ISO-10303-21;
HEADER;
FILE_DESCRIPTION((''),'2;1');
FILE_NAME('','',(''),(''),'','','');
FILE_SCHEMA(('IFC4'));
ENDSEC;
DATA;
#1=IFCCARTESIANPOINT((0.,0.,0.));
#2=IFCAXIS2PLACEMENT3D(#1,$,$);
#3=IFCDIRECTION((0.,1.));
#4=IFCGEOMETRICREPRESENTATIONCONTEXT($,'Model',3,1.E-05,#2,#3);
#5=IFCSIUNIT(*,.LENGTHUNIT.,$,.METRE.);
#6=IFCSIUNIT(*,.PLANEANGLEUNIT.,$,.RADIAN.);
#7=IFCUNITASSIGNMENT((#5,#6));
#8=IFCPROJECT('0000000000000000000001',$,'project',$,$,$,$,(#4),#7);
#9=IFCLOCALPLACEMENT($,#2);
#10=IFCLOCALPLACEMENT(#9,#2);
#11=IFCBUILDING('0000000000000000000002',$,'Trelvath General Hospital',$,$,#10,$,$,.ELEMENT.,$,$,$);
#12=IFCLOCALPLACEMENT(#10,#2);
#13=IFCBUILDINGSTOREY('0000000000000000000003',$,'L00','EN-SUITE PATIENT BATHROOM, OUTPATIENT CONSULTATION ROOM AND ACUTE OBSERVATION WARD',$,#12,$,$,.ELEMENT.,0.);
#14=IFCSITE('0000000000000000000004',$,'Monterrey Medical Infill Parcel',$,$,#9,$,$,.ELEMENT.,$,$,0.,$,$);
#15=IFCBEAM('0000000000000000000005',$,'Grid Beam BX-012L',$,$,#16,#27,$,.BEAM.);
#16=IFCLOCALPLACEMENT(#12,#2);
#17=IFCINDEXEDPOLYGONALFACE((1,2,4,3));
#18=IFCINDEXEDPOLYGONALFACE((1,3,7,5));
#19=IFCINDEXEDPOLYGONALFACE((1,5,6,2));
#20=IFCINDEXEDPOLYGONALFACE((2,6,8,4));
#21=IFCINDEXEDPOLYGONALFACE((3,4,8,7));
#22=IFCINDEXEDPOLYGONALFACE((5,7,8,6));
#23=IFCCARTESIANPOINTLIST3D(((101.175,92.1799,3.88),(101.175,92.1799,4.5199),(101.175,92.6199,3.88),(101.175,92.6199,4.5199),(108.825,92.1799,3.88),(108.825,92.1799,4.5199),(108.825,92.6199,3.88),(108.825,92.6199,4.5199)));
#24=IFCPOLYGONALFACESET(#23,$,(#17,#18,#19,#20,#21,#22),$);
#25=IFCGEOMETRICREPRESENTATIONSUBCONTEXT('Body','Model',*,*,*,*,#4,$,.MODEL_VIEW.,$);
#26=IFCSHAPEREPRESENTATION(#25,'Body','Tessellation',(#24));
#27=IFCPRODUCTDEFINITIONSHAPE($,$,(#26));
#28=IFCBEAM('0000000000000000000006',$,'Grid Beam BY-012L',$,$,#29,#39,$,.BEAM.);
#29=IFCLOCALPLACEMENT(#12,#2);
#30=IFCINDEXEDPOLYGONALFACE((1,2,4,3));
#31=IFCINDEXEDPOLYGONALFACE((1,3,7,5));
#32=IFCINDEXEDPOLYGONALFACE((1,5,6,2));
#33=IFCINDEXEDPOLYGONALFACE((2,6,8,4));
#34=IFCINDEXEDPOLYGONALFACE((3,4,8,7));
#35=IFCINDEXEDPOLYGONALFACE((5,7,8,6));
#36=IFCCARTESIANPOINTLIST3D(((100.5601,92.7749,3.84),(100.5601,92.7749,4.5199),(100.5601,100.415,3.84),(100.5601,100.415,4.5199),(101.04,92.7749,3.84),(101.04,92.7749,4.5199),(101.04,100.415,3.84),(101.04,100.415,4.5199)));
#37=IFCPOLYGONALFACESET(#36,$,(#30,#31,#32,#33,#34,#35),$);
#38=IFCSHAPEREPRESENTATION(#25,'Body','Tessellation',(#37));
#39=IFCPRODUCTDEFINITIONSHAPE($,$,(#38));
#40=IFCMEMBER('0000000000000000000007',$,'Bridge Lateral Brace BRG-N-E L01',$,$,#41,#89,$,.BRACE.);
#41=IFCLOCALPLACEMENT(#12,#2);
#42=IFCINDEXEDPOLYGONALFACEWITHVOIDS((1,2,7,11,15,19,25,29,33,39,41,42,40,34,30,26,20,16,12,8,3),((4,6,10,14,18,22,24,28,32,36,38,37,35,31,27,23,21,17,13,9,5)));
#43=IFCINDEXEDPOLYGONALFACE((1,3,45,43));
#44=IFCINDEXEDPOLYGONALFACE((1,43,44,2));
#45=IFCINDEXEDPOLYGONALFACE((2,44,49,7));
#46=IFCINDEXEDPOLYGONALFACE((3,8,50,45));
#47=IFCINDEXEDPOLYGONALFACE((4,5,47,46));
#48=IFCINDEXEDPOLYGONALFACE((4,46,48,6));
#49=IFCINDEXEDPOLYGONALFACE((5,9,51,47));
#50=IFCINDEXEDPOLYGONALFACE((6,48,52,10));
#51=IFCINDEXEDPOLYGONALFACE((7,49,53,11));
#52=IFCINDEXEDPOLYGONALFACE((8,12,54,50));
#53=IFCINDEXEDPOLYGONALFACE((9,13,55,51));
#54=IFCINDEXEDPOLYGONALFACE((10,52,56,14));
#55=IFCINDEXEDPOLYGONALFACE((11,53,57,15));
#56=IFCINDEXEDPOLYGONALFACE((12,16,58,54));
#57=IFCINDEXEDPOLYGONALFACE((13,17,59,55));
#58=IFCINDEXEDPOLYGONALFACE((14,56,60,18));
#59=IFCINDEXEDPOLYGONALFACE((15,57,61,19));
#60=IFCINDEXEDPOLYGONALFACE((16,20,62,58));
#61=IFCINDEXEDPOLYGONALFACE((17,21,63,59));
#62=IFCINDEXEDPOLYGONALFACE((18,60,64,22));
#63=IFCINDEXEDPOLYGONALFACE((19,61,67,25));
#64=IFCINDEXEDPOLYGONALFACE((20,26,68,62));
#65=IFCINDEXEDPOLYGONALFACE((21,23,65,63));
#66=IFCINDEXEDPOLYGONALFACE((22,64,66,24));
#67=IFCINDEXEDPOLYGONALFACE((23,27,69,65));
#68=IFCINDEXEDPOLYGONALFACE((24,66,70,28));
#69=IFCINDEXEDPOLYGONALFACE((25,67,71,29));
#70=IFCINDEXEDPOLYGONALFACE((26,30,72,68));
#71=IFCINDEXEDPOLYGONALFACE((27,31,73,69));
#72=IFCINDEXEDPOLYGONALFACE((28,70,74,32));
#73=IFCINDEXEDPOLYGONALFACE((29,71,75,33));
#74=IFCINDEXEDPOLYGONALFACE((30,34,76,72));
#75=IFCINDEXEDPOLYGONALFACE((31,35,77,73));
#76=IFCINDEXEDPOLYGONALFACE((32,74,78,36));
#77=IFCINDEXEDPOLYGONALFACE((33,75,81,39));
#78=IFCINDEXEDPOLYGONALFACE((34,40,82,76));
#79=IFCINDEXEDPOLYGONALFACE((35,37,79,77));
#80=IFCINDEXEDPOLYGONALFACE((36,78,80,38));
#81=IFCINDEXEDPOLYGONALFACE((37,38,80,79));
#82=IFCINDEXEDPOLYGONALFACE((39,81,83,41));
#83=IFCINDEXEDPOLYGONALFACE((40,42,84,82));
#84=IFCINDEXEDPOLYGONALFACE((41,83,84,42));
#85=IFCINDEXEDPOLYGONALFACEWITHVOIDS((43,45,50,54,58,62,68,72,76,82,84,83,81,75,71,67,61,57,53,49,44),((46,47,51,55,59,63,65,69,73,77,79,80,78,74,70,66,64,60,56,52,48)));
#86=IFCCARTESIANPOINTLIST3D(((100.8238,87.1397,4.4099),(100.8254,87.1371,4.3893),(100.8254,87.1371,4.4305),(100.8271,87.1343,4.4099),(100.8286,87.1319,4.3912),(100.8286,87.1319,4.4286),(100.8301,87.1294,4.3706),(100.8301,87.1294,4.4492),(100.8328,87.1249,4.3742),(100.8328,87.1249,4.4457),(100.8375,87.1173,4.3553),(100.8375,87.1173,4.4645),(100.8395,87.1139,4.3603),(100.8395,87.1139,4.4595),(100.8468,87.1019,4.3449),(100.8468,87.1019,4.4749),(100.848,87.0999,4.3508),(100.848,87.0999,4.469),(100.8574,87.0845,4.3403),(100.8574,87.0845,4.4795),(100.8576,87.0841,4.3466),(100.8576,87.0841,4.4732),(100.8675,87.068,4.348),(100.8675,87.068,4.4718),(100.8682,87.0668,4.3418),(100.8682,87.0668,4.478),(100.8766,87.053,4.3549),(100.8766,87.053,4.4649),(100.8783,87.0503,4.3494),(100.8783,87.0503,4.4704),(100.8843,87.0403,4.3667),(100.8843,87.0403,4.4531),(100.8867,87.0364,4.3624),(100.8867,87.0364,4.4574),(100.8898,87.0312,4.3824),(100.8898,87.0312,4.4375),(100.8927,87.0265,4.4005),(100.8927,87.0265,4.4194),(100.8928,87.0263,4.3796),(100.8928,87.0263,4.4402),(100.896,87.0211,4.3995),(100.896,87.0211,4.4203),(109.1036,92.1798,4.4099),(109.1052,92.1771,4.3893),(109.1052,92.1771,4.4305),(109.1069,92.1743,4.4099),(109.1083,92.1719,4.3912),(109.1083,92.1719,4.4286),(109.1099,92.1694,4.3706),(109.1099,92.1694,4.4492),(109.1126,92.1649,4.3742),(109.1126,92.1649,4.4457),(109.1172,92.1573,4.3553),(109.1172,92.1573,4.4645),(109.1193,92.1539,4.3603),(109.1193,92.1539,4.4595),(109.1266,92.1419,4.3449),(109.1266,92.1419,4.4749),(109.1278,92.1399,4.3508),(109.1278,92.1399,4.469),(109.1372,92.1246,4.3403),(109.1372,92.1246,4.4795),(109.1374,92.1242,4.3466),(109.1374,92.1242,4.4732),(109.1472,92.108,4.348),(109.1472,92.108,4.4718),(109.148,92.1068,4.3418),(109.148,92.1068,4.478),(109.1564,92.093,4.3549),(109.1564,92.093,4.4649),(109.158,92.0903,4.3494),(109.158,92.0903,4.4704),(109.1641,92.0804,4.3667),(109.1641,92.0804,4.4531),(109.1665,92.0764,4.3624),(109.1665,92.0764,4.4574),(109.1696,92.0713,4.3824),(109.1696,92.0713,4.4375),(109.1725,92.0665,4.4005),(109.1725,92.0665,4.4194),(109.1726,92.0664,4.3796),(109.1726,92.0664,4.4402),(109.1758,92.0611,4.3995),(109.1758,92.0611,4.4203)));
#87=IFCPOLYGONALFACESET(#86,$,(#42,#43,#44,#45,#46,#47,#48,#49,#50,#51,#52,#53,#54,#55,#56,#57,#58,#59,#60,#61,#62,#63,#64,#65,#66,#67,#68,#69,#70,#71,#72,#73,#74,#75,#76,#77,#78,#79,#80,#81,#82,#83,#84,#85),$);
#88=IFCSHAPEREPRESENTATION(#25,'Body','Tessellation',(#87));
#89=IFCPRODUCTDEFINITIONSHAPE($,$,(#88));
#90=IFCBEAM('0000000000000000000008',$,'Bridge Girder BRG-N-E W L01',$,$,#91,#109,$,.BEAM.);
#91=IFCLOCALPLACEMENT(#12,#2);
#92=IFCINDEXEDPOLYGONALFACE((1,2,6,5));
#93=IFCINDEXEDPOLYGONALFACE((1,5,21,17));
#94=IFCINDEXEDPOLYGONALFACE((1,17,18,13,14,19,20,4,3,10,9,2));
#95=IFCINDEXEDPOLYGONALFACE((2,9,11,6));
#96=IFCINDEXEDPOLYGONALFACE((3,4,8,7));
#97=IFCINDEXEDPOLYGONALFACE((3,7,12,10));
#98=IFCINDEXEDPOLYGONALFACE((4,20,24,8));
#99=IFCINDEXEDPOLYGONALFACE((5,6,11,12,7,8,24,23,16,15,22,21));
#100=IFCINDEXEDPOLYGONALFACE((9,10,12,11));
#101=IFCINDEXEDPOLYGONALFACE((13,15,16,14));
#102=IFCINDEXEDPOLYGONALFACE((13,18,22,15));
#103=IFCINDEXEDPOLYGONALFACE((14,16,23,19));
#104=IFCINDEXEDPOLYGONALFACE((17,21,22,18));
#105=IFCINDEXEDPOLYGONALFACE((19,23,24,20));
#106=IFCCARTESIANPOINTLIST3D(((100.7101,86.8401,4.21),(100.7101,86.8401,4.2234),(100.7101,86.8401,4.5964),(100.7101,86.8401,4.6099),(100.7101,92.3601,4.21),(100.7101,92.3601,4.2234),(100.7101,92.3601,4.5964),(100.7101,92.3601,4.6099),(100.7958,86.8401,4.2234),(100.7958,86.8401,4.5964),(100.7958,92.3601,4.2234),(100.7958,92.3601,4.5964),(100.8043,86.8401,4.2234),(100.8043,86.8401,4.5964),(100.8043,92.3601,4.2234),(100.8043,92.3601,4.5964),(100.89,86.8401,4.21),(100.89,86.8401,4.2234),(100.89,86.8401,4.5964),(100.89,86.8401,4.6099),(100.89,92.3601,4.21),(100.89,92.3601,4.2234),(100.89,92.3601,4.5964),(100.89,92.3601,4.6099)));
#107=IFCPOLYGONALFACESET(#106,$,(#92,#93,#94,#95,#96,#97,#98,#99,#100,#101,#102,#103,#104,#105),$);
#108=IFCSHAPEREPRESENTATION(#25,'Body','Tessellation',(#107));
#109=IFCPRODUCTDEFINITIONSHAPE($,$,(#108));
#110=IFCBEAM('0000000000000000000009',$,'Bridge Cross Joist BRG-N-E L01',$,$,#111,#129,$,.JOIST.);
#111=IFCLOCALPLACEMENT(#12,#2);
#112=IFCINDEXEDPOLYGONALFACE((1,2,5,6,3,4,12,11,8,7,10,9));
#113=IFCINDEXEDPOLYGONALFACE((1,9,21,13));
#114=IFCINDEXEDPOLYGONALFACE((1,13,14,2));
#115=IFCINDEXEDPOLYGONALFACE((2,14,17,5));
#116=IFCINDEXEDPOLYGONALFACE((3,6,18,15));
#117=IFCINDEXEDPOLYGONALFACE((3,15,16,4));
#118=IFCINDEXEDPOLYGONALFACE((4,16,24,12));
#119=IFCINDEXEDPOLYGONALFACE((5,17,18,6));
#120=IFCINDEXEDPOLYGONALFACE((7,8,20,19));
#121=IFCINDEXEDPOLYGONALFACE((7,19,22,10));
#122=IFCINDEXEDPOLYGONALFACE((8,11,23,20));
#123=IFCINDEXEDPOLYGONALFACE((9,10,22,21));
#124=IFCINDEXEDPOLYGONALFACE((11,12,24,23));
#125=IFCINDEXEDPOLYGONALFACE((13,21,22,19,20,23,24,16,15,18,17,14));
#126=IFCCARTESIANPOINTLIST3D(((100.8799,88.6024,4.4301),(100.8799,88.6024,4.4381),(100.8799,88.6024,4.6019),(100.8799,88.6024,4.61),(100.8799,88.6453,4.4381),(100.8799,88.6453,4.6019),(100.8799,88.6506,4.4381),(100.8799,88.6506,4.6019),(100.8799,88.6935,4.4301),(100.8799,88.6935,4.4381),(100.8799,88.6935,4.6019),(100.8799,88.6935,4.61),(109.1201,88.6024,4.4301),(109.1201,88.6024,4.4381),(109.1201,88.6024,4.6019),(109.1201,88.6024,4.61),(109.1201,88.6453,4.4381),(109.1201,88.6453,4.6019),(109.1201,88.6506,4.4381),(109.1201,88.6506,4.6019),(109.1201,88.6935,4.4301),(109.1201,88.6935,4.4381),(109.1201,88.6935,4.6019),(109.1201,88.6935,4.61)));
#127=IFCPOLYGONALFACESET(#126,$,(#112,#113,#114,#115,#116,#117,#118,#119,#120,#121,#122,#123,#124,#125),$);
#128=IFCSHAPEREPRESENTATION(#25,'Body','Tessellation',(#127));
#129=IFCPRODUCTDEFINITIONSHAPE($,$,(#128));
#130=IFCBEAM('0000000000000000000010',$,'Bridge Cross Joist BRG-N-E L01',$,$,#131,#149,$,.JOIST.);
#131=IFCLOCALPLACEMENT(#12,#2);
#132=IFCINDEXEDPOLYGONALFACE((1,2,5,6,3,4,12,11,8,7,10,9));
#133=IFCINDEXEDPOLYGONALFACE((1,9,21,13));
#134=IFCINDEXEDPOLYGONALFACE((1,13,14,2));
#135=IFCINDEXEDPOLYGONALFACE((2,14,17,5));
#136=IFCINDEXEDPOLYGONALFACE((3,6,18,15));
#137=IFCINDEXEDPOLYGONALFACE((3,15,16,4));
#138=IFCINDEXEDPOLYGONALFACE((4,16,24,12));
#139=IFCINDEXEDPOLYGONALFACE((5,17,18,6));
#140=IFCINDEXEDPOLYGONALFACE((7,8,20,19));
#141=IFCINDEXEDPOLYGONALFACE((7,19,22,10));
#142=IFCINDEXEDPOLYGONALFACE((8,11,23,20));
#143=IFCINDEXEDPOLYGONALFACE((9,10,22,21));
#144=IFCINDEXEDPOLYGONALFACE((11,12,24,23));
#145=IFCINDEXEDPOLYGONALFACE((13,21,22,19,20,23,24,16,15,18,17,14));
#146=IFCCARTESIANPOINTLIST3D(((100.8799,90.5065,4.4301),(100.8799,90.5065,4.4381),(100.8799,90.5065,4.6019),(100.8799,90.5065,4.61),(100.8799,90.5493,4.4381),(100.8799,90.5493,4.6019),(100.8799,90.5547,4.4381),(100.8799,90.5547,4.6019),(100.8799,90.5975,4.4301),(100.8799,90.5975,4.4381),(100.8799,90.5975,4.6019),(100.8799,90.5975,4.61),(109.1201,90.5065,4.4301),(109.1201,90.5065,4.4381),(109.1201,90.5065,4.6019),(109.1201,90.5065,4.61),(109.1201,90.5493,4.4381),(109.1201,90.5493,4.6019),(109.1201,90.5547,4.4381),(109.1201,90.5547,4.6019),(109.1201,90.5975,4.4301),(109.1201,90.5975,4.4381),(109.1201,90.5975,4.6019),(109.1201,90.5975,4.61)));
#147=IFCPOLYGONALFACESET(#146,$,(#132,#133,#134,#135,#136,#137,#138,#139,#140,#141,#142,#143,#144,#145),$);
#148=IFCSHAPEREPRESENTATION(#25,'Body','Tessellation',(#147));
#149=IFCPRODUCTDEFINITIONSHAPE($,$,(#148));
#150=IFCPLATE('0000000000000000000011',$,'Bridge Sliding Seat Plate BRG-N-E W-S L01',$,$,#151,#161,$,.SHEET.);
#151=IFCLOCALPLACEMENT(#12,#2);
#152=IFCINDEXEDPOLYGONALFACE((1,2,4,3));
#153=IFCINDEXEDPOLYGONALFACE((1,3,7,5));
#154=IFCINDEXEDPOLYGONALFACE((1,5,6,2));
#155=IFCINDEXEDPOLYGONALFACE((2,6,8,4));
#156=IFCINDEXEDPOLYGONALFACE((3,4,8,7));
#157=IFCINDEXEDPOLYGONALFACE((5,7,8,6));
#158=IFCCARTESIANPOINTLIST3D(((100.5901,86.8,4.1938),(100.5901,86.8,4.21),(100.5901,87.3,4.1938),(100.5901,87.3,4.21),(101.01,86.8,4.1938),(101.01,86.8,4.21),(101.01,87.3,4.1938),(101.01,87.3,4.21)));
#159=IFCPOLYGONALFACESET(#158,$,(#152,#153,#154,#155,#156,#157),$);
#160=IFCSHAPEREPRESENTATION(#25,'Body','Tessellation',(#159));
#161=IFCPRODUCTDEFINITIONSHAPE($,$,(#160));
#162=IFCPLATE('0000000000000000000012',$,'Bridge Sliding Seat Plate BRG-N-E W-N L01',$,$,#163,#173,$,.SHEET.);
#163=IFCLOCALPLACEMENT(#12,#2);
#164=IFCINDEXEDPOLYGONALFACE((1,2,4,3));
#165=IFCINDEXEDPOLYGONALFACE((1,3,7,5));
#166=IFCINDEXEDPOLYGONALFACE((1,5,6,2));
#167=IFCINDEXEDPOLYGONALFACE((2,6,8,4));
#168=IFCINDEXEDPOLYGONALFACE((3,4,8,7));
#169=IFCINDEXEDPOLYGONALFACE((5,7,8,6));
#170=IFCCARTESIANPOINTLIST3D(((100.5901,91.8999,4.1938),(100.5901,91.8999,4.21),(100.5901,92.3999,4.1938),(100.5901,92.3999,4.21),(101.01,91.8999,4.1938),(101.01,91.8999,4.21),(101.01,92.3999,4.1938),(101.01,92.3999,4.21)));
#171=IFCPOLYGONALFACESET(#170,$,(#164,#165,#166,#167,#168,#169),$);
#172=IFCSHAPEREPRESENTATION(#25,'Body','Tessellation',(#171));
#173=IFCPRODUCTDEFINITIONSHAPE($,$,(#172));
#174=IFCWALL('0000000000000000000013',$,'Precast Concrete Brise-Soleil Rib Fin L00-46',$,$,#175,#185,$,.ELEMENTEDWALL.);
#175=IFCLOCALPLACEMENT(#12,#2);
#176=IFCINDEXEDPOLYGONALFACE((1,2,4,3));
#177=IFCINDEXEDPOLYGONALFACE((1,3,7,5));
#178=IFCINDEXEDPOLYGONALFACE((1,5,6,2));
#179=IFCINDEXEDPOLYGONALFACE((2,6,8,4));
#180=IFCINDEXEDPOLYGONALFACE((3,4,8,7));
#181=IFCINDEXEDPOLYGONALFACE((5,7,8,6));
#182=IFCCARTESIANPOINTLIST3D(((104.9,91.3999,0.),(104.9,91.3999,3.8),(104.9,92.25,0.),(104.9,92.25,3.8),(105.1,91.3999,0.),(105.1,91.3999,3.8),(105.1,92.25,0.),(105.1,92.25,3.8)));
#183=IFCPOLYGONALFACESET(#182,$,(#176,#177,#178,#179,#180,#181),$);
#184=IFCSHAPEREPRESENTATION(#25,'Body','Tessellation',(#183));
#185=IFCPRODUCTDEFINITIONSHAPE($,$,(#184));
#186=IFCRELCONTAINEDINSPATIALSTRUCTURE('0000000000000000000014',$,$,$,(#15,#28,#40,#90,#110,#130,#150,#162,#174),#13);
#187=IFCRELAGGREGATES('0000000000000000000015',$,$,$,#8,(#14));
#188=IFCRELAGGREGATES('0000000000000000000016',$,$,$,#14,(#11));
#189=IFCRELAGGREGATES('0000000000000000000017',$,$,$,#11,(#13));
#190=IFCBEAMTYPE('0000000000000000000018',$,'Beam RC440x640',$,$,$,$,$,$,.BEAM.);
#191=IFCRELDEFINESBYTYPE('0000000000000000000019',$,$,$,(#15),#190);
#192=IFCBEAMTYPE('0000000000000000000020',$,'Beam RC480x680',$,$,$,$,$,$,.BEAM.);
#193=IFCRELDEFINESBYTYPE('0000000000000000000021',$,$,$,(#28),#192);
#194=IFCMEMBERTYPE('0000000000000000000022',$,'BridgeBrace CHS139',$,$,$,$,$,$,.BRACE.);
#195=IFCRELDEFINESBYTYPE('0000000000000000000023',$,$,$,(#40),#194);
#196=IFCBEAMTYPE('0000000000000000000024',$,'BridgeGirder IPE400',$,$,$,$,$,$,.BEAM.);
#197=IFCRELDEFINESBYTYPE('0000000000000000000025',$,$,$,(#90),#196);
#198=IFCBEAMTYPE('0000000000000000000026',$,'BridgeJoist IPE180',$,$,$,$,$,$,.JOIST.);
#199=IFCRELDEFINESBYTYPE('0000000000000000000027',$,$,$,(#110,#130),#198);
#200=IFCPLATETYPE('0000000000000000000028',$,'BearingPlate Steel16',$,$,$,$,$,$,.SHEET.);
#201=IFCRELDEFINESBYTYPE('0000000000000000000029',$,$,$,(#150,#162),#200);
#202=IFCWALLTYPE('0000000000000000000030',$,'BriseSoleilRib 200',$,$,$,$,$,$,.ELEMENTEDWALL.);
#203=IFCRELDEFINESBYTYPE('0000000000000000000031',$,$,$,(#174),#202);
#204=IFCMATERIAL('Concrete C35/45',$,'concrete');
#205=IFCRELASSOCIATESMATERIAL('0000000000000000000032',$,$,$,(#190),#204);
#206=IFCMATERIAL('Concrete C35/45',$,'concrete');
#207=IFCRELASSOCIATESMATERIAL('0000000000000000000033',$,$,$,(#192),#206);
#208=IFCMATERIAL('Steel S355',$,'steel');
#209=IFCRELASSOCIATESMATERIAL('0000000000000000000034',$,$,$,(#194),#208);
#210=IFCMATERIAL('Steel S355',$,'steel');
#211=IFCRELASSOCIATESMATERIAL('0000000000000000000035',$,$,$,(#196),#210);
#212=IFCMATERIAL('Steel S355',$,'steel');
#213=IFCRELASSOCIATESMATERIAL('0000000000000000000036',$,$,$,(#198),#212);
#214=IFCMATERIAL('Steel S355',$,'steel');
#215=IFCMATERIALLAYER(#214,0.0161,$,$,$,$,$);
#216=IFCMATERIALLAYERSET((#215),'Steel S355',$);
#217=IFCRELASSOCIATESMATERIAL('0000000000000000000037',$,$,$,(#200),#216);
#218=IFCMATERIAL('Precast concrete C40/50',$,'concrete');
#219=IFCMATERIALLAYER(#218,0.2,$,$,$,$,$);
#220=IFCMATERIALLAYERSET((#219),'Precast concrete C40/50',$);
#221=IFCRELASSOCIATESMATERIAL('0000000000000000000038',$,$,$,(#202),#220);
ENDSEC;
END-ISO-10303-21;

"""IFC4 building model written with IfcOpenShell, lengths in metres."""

from ifc_helpers import new_model, si_unit, direction, frame, frame_2d, origin, origin_2d, place, context, subcontext, project, spatial, rectangle, hollow_circle, i_section, extrude, material, layer, layer_set, material_profile, profile_set, type_object, element, save


model = new_model("IFC4")

# Units and contexts
model_context = context("Model", 3, precision=1e-05, world=origin(), true_north=direction((0.0, 1.0)))
body_context = subcontext(model_context, "Body", "Model", "MODEL_VIEW")
ifc_project = project(units=[si_unit("LENGTHUNIT", "METRE"), si_unit("PLANEANGLEUNIT", "RADIAN")], contexts=[model_context])

# Site, building, storey
site_placement = place(None, origin())
site = spatial("IfcSite", under=ifc_project, at=site_placement, Name="Monterrey Medical Infill Parcel", CompositionType="ELEMENT", RefElevation=0.0)
building_placement = place(site_placement, origin())
building = spatial("IfcBuilding", under=site, at=building_placement, Name="Trelvath General Hospital", CompositionType="ELEMENT")
storey_placement = place(building_placement, origin())
storey = spatial("IfcBuildingStorey", under=building, at=storey_placement, Name="L00", Description="EN-SUITE PATIENT BATHROOM, OUTPATIENT CONSULTATION ROOM AND ACUTE OBSERVATION WARD", CompositionType="ELEMENT", Elevation=0.0)

# Beams
ifc_material_1 = material(Name="Concrete C35/45", Category="concrete")
ifc_material_profile_1 = material_profile(ifc_material_1, rectangle(XDim=0.4399, YDim=0.6399, at=origin_2d()), Name="RCB440x640")
ifc_profile_set_1 = profile_set([ifc_material_profile_1], Name="Concrete C35/45")
beam_type_1 = type_object("IfcBeamType", Name="Beam RC440x640", PredefinedType="BEAM", material=ifc_profile_set_1)
beam_1_placement = place(storey_placement, frame((101.175, 92.3999, 4.2), z_axis=(1.0, 0.0, 0.0), x_axis=(0.0, 1.0, 0.0)))
element("IfcBeam", 1, at=beam_1_placement, inside=storey, type_object=beam_type_1, Name="Grid Beam BX-012L", PredefinedType="BEAM", context=body_context, shape_type="SweptSolid", body=[
    extrude(rectangle(XDim=0.4399, YDim=0.6399, at=origin_2d()), origin(), (0.0, 0.0, 1.0), 7.6499),
])
ifc_material_2 = material(Name="Concrete C35/45", Category="concrete")
ifc_material_profile_2 = material_profile(ifc_material_2, rectangle(XDim=0.48, YDim=0.6799, at=origin_2d()), Name="RCB480x680")
ifc_profile_set_2 = profile_set([ifc_material_profile_2], Name="Concrete C35/45")
beam_type_2 = type_object("IfcBeamType", Name="Beam RC480x680", PredefinedType="BEAM", material=ifc_profile_set_2)
beam_2_placement = place(storey_placement, frame((100.8, 92.7749, 4.1799), z_axis=(0.0, 1.0, 0.0), x_axis=(-1.0, 0.0, 0.0)))
element("IfcBeam", 2, at=beam_2_placement, inside=storey, type_object=beam_type_2, Name="Grid Beam BY-012L", PredefinedType="BEAM", context=body_context, shape_type="SweptSolid", body=[
    extrude(rectangle(XDim=0.48, YDim=0.6799, at=origin_2d()), origin(), (0.0, 0.0, 1.0), 7.6401),
])

# Member
ifc_material_3 = material(Name="Steel S355", Category="steel")
ifc_material_profile_3 = material_profile(ifc_material_3, hollow_circle(Radius=0.0698, WallThickness=0.0063, at=origin_2d()), Name="CHS139.7x6.3")
ifc_profile_set_3 = profile_set([ifc_material_profile_3], Name="Steel S355")
member_type = type_object("IfcMemberType", Name="BridgeBrace CHS139", PredefinedType="BRACE", material=ifc_profile_set_3)
member_placement = place(storey_placement, frame((100.8601, 87.0801, 4.4099), z_axis=(0.854191, 0.51996, 0.0), x_axis=(-0.51996, 0.854191, 0.0)))
element("IfcMember", 3, at=member_placement, inside=storey, type_object=member_type, Name="Bridge Lateral Brace BRG-N-E L01", PredefinedType="BRACE", context=body_context, shape_type="SweptSolid", body=[
    extrude(hollow_circle(Radius=0.0698, WallThickness=0.0063, at=origin_2d()), origin(), (0.0, 0.0, 1.0), 9.6931),
])

# Beams
ifc_material_4 = material(Name="Steel S355", Category="steel")
ifc_material_profile_4 = material_profile(ifc_material_4, i_section(OverallWidth=0.1799, OverallDepth=0.3999, WebThickness=0.0085, FlangeThickness=0.0134, at=origin_2d()), Name="IPE400")
ifc_profile_set_4 = profile_set([ifc_material_profile_4], Name="Steel S355")
beam_type_3 = type_object("IfcBeamType", Name="BridgeGirder IPE400", PredefinedType="BEAM", material=ifc_profile_set_4)
beam_3_placement = place(storey_placement, frame((100.8, 86.8401, 4.4099), z_axis=(0.0, 1.0, 0.0), x_axis=(-1.0, 0.0, 0.0)))
element("IfcBeam", 4, at=beam_3_placement, inside=storey, type_object=beam_type_3, Name="Bridge Girder BRG-N-E W L01", PredefinedType="BEAM", context=body_context, shape_type="SweptSolid", body=[
    extrude(i_section(OverallWidth=0.1799, OverallDepth=0.3999, WebThickness=0.0085, FlangeThickness=0.0134, at=origin_2d()), origin(), (0.0, 0.0, 1.0), 5.52),
])
ifc_material_5 = material(Name="Steel S355", Category="steel")
ifc_material_profile_5 = material_profile(ifc_material_5, i_section(OverallWidth=0.0911, OverallDepth=0.1799, WebThickness=0.0054, FlangeThickness=0.0081, at=origin_2d()), Name="IPE180")
ifc_profile_set_5 = profile_set([ifc_material_profile_5], Name="Steel S355")
beam_type_4 = type_object("IfcBeamType", Name="BridgeJoist IPE180", PredefinedType="JOIST", material=ifc_profile_set_5)
for number, where, z_axis, x_axis, name in (
    (5, (100.8799, 88.6479, 4.52), (1.0, 0.0, 0.0), (0.0, 1.0, 0.0), "Bridge Cross Joist BRG-N-E L01"),
    (6, (100.8799, 90.552, 4.52), (1.0, 0.0, 0.0), (0.0, 1.0, 0.0), "Bridge Cross Joist BRG-N-E L01"),
):
    element("IfcBeam", number, at=place(storey_placement, frame(where, z_axis=z_axis, x_axis=x_axis)), inside=storey, type_object=beam_type_4, Name=name, PredefinedType="JOIST", context=body_context, shape_type="SweptSolid", body=[
        extrude(i_section(OverallWidth=0.0911, OverallDepth=0.1799, WebThickness=0.0054, FlangeThickness=0.0081, at=origin_2d()), origin(), (0.0, 0.0, 1.0), 8.2402),
    ])

# Plates
ifc_material_6 = material(Name="Steel S355", Category="steel")
ifc_layer_1 = layer(ifc_material_6, 0.0161)
ifc_layer_set_1 = layer_set([ifc_layer_1], Name="Steel S355")
plate_type = type_object("IfcPlateType", Name="BearingPlate Steel16", PredefinedType="SHEET", material=ifc_layer_set_1)
for number, where, z_axis, x_axis, name in (
    (7, (100.8, 87.05, 4.1938), (0.0, 0.0, 1.0), (1.0, 0.0, 0.0), "Bridge Sliding Seat Plate BRG-N-E W-S L01"),
    (8, (100.8, 92.1499, 4.1938), (0.0, 0.0, 1.0), (1.0, 0.0, 0.0), "Bridge Sliding Seat Plate BRG-N-E W-N L01"),
):
    element("IfcPlate", number, at=place(storey_placement, frame(where, z_axis=z_axis, x_axis=x_axis)), inside=storey, type_object=plate_type, Name=name, PredefinedType="SHEET", context=body_context, shape_type="SweptSolid", body=[
        extrude(rectangle(XDim=0.4199, YDim=0.5, at=origin_2d()), origin(), (0.0, 0.0, 1.0), 0.0161),
    ])

# Wall
ifc_material_7 = material(Name="Precast concrete C40/50", Category="concrete")
ifc_layer_2 = layer(ifc_material_7, 0.2)
ifc_layer_set_2 = layer_set([ifc_layer_2], Name="Precast concrete C40/50")
wall_type_1 = type_object("IfcWallType", Name="BriseSoleilRib 200", PredefinedType="ELEMENTEDWALL", material=ifc_layer_set_2)
wall_1_placement = place(storey_placement, frame((105.0, 92.25, 0.0), z_axis=(0.0, 0.0, 1.0), x_axis=(0.0, -1.0, 0.0)))
element("IfcWall", 9, at=wall_1_placement, inside=storey, type_object=wall_type_1, Name="Precast Concrete Brise-Soleil Rib Fin L00-46", PredefinedType="ELEMENTEDWALL", context=body_context, shape_type="SweptSolid", body=[
    extrude(rectangle(XDim=0.8501, YDim=0.2, at=frame_2d((0.425, 0.0))), origin(), (0.0, 0.0, 1.0), 3.8),
])

save(model, "model.ifc")
